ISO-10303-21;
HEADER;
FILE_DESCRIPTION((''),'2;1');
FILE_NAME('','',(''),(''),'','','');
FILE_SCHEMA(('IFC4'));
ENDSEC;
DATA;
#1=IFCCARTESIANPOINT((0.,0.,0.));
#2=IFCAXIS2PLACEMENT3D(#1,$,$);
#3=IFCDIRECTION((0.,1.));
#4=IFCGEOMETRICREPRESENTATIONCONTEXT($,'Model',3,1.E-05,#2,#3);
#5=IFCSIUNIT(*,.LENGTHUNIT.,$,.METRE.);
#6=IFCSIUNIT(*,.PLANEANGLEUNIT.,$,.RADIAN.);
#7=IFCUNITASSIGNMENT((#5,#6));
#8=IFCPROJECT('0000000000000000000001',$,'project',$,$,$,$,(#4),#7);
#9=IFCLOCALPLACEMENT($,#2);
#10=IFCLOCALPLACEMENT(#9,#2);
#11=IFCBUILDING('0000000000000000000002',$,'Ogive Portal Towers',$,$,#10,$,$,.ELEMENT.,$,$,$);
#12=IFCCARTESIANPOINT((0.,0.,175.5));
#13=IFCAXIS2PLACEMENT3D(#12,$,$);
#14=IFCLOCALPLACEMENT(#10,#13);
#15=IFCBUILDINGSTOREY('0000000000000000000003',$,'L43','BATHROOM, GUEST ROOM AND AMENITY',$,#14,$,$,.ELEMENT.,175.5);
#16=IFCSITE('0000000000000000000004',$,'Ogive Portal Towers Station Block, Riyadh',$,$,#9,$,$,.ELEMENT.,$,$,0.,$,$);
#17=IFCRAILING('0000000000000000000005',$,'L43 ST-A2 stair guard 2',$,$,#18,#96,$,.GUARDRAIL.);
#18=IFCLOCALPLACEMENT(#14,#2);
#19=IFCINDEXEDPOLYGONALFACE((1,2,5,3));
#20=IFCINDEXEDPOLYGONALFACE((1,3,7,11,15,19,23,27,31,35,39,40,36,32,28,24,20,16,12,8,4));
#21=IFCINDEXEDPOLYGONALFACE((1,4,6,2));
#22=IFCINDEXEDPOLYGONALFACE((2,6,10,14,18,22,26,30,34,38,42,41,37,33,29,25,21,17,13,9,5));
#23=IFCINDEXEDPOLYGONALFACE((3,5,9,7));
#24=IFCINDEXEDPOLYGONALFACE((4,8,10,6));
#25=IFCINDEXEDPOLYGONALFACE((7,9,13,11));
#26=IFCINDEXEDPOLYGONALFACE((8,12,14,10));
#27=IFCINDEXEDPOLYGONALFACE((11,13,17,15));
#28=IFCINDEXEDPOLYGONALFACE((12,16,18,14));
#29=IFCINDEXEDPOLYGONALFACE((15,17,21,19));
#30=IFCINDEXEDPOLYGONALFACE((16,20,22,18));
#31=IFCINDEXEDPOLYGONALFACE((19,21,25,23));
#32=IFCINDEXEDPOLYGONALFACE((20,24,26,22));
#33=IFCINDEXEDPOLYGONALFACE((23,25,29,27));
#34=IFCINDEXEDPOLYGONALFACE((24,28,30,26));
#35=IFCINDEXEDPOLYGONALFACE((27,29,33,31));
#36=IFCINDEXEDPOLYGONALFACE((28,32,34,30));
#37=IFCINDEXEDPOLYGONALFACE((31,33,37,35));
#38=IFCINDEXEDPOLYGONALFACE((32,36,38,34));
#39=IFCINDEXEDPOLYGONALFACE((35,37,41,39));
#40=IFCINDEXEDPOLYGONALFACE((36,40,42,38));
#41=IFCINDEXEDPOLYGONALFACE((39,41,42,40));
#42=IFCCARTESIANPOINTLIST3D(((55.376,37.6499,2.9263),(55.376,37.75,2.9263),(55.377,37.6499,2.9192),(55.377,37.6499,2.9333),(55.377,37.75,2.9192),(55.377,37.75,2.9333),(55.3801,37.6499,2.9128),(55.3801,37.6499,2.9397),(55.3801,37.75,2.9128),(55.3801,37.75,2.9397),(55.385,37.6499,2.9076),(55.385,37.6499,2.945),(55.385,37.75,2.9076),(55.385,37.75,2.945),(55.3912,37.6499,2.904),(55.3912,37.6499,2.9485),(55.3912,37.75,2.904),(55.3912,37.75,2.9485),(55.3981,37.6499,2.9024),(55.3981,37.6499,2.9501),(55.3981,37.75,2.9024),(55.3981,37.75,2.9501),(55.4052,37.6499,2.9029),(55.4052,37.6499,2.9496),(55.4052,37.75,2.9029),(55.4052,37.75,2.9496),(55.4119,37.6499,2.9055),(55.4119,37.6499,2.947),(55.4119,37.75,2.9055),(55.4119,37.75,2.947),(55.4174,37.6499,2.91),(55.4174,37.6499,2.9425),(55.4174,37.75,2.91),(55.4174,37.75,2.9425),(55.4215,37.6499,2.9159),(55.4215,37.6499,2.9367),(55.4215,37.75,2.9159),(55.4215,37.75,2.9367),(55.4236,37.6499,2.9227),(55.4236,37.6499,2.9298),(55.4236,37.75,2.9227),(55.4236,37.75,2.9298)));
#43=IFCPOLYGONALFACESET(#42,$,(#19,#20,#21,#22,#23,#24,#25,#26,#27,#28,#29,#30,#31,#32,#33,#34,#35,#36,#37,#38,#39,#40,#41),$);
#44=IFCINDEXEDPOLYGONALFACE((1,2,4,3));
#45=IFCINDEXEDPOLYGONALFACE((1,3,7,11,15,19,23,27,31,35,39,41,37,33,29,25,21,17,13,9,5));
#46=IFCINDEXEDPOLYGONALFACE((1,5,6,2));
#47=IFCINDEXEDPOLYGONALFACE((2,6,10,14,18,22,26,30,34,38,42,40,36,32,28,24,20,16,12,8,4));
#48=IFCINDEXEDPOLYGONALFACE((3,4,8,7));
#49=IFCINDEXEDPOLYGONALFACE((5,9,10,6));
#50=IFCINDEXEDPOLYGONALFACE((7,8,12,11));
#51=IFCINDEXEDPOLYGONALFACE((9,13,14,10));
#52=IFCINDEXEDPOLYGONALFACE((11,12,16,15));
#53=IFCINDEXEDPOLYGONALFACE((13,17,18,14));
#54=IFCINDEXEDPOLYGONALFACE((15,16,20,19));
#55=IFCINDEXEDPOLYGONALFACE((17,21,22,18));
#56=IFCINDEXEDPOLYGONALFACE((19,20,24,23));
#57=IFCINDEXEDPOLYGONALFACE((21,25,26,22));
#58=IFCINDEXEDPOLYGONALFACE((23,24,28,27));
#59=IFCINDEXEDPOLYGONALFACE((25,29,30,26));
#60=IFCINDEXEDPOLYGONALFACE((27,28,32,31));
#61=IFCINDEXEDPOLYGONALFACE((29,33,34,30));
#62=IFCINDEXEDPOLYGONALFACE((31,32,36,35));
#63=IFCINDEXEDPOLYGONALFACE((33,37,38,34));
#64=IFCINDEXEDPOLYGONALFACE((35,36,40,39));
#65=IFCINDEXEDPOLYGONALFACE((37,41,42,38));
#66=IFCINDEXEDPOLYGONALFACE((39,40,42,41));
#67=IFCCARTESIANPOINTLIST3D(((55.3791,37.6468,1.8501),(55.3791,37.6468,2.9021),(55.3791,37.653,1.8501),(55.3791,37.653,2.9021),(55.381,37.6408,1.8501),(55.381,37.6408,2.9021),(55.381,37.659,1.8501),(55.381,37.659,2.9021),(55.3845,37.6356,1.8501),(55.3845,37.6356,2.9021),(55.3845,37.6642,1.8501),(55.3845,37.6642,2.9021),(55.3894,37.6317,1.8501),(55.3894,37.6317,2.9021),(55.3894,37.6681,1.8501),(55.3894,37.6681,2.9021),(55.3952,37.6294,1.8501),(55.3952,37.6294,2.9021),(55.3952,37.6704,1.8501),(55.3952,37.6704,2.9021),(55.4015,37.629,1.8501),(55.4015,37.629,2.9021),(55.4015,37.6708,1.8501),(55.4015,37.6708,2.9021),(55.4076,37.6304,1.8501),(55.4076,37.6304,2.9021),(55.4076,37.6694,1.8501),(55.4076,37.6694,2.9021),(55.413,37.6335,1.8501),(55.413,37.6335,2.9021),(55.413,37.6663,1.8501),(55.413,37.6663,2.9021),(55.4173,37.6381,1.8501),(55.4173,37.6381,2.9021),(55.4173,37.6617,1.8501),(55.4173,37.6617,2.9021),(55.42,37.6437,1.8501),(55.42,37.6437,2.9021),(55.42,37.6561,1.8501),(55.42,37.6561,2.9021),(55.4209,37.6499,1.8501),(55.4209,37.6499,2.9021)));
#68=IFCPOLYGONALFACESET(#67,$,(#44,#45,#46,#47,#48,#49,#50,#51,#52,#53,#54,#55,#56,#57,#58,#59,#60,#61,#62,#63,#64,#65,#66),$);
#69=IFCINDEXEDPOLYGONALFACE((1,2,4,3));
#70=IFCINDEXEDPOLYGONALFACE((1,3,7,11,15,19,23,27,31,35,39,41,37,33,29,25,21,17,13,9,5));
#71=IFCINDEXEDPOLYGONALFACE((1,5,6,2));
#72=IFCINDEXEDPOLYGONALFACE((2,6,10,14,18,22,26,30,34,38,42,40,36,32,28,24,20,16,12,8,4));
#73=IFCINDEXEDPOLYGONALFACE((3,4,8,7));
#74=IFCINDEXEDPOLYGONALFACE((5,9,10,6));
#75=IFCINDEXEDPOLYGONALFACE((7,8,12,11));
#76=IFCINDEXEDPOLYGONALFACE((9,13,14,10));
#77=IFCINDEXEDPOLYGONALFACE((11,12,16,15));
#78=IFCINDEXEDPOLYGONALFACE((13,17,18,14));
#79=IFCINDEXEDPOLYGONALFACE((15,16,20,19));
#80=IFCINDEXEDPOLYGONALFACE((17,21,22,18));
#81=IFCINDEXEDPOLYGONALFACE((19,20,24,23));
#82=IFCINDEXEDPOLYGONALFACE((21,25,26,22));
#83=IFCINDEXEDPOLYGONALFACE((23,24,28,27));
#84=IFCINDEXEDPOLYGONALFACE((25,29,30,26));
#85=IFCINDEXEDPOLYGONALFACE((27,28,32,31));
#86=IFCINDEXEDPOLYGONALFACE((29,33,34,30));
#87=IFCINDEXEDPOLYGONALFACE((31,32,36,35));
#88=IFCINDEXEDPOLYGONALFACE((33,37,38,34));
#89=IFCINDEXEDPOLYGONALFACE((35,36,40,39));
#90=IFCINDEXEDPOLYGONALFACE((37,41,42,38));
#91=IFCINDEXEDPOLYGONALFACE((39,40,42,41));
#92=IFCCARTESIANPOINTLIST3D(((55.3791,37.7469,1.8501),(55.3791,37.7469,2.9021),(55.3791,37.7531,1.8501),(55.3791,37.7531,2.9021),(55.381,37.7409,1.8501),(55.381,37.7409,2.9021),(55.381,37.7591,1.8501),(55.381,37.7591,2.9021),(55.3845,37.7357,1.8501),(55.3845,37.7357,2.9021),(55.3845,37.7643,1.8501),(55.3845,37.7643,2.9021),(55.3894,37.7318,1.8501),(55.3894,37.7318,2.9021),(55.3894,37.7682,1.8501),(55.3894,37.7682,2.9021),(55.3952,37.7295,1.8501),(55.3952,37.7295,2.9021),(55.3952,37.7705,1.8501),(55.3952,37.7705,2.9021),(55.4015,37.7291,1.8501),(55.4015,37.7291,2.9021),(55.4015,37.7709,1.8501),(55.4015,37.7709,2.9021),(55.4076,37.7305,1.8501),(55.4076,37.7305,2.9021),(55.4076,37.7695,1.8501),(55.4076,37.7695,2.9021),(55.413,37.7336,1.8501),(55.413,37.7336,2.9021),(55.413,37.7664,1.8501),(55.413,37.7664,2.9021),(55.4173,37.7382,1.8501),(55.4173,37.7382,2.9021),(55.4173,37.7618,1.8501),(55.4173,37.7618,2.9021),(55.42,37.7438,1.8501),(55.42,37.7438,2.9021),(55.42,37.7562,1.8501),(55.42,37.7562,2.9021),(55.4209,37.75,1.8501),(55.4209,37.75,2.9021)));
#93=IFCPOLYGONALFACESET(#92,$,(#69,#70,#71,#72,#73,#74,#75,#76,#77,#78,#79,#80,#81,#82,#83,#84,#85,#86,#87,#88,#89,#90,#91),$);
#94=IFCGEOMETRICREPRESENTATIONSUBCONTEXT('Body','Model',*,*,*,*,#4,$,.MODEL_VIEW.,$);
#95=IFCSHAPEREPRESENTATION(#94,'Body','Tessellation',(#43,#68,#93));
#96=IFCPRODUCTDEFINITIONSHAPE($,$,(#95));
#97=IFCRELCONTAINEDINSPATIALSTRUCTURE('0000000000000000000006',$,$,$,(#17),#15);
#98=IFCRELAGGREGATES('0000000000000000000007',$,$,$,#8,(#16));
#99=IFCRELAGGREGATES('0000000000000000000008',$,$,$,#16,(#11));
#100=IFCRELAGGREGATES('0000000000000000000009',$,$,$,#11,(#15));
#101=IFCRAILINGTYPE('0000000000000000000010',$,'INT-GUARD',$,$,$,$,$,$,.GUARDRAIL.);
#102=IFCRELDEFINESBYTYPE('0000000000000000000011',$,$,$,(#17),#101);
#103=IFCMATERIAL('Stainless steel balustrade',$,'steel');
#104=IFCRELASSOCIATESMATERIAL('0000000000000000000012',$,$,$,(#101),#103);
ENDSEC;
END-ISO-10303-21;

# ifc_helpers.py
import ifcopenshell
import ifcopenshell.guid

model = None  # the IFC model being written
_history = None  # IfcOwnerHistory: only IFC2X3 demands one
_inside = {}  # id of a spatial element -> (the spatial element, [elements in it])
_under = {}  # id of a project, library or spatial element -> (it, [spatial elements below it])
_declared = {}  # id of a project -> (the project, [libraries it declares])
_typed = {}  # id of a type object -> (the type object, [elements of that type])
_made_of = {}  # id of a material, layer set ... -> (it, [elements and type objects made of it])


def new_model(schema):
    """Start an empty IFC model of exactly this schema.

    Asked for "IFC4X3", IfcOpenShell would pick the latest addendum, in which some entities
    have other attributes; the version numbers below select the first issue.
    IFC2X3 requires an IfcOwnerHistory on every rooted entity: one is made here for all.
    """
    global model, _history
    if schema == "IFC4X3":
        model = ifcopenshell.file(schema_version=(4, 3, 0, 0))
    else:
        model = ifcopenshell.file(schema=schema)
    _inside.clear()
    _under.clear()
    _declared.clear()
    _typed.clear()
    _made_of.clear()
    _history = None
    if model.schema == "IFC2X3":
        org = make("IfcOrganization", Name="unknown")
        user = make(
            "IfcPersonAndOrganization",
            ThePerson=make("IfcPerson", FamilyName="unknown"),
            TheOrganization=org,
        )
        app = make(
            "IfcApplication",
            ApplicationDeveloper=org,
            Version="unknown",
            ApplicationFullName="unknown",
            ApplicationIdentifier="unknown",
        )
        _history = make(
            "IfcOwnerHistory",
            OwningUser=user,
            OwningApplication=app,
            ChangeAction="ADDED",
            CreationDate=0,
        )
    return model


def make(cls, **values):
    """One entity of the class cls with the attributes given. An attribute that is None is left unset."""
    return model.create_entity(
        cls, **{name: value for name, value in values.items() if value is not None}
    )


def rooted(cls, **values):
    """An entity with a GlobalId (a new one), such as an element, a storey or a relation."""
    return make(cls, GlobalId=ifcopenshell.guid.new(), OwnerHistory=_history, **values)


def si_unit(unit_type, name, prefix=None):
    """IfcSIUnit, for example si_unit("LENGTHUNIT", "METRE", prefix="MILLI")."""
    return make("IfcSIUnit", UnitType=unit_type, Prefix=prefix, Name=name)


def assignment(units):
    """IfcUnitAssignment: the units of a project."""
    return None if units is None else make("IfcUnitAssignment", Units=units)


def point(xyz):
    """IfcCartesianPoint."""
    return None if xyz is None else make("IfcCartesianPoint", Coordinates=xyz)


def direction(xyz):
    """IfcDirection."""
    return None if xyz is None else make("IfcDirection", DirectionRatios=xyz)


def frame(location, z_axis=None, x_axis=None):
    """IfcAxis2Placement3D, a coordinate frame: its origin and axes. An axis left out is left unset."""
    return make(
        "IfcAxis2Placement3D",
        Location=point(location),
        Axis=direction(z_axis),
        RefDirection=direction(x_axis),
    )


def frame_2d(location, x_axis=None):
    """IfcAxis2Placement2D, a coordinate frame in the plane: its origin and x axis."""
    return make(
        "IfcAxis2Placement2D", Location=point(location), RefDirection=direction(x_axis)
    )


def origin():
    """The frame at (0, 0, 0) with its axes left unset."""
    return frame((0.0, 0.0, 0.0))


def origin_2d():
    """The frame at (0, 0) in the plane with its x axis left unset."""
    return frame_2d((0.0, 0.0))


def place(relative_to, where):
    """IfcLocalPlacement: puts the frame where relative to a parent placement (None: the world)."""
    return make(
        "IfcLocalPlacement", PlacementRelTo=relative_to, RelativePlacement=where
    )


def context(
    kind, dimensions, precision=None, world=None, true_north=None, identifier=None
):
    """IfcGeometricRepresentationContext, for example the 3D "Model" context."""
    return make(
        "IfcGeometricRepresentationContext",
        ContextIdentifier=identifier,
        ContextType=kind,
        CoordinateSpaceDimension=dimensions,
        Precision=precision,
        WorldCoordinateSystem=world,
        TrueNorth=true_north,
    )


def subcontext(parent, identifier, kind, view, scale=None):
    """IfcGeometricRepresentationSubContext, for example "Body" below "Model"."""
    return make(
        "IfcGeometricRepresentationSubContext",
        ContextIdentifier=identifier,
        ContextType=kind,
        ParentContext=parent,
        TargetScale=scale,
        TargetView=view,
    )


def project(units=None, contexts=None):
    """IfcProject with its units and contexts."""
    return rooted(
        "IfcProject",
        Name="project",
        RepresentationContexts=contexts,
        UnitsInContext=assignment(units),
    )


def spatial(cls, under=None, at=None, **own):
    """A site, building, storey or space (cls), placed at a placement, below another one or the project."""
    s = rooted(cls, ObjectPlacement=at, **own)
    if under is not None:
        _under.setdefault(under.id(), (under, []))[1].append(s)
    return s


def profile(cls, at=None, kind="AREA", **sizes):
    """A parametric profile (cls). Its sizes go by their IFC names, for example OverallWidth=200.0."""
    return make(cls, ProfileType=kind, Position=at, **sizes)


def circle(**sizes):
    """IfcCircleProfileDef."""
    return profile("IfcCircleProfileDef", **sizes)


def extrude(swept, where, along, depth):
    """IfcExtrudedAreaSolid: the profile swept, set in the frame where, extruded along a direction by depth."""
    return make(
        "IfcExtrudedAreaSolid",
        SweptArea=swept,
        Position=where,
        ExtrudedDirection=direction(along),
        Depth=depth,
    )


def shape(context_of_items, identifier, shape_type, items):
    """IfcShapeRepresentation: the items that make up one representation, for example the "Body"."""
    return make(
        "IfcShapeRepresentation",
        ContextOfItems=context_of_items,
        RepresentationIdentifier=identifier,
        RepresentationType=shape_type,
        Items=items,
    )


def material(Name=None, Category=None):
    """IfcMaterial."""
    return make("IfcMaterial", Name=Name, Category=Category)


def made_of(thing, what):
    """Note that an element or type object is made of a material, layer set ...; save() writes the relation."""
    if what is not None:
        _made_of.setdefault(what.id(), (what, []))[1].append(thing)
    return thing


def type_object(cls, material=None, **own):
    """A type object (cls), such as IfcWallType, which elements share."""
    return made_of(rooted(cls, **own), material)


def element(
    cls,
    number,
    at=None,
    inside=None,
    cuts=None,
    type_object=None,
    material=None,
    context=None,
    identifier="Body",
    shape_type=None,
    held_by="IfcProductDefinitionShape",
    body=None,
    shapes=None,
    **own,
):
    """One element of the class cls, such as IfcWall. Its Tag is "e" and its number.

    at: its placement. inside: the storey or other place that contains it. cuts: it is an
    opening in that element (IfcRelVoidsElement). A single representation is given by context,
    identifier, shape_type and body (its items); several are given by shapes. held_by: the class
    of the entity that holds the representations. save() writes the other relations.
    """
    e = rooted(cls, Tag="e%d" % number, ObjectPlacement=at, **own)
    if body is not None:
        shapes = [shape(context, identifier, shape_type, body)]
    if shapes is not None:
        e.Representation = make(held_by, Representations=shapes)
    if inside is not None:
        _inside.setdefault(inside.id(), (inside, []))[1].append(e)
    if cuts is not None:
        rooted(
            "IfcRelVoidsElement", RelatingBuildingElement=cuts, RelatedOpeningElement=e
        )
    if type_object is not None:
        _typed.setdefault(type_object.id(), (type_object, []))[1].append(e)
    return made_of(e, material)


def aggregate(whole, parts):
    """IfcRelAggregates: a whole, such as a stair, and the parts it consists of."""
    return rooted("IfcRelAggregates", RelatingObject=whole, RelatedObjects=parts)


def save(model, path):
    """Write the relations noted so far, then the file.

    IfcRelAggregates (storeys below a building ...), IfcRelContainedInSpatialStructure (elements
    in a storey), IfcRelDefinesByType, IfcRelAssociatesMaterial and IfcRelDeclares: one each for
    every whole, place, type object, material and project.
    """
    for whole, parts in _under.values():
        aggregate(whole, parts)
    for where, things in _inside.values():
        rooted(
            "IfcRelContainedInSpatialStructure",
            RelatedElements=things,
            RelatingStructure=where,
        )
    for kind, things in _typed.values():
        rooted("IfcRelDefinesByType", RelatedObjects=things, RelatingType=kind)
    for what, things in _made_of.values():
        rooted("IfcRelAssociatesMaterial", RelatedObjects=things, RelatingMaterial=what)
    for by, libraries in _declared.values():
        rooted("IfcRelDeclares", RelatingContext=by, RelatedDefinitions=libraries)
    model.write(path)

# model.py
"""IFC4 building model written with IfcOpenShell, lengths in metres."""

from ifc_helpers import new_model, si_unit, direction, frame, origin, origin_2d, place, context, subcontext, project, spatial, circle, extrude, material, type_object, element, save


model = new_model("IFC4")

# Units and contexts
model_context = context("Model", 3, precision=1e-05, world=origin(), true_north=direction((0.0, 1.0)))
body_context = subcontext(model_context, "Body", "Model", "MODEL_VIEW")
ifc_project = project(units=[si_unit("LENGTHUNIT", "METRE"), si_unit("PLANEANGLEUNIT", "RADIAN")], contexts=[model_context])

# Site, building, storey
site_placement = place(None, origin())
site = spatial("IfcSite", under=ifc_project, at=site_placement, Name="Ogive Portal Towers Station Block, Riyadh", CompositionType="ELEMENT", RefElevation=0.0)
building_placement = place(site_placement, origin())
building = spatial("IfcBuilding", under=site, at=building_placement, Name="Ogive Portal Towers", CompositionType="ELEMENT")
storey_placement = place(building_placement, frame((0.0, 0.0, 175.5)))
storey = spatial("IfcBuildingStorey", under=building, at=storey_placement, Name="L43", Description="BATHROOM, GUEST ROOM AND AMENITY", CompositionType="ELEMENT", Elevation=175.5)

# Railing
ifc_material_1 = material(Name="Stainless steel balustrade", Category="steel")
railing_type_1 = type_object("IfcRailingType", Name="INT-GUARD", PredefinedType="GUARDRAIL", material=ifc_material_1)
railing_1_placement = place(storey_placement, frame((55.3999, 37.6499, 1.8501)))
element("IfcRailing", 1, at=railing_1_placement, inside=storey, type_object=railing_type_1, Name="L43 ST-A2 stair guard 2", PredefinedType="GUARDRAIL", context=body_context, shape_type="SweptSolid", body=[
    extrude(circle(Radius=0.0239, at=origin_2d()), frame((0.0, 0.0, 1.0762), z_axis=(0.0, 1.0, 0.0), x_axis=(-1.0, 0.0, 0.0)), (0.0, 0.0, 1.0), 0.1001),
    extrude(circle(Radius=0.021, at=origin_2d()), origin(), (0.0, 0.0, 1.0), 1.052),
    extrude(circle(Radius=0.021, at=origin_2d()), frame((0.0, 0.1001, 0.0)), (0.0, 0.0, 1.0), 1.052),
])

save(model, "model.ifc")
